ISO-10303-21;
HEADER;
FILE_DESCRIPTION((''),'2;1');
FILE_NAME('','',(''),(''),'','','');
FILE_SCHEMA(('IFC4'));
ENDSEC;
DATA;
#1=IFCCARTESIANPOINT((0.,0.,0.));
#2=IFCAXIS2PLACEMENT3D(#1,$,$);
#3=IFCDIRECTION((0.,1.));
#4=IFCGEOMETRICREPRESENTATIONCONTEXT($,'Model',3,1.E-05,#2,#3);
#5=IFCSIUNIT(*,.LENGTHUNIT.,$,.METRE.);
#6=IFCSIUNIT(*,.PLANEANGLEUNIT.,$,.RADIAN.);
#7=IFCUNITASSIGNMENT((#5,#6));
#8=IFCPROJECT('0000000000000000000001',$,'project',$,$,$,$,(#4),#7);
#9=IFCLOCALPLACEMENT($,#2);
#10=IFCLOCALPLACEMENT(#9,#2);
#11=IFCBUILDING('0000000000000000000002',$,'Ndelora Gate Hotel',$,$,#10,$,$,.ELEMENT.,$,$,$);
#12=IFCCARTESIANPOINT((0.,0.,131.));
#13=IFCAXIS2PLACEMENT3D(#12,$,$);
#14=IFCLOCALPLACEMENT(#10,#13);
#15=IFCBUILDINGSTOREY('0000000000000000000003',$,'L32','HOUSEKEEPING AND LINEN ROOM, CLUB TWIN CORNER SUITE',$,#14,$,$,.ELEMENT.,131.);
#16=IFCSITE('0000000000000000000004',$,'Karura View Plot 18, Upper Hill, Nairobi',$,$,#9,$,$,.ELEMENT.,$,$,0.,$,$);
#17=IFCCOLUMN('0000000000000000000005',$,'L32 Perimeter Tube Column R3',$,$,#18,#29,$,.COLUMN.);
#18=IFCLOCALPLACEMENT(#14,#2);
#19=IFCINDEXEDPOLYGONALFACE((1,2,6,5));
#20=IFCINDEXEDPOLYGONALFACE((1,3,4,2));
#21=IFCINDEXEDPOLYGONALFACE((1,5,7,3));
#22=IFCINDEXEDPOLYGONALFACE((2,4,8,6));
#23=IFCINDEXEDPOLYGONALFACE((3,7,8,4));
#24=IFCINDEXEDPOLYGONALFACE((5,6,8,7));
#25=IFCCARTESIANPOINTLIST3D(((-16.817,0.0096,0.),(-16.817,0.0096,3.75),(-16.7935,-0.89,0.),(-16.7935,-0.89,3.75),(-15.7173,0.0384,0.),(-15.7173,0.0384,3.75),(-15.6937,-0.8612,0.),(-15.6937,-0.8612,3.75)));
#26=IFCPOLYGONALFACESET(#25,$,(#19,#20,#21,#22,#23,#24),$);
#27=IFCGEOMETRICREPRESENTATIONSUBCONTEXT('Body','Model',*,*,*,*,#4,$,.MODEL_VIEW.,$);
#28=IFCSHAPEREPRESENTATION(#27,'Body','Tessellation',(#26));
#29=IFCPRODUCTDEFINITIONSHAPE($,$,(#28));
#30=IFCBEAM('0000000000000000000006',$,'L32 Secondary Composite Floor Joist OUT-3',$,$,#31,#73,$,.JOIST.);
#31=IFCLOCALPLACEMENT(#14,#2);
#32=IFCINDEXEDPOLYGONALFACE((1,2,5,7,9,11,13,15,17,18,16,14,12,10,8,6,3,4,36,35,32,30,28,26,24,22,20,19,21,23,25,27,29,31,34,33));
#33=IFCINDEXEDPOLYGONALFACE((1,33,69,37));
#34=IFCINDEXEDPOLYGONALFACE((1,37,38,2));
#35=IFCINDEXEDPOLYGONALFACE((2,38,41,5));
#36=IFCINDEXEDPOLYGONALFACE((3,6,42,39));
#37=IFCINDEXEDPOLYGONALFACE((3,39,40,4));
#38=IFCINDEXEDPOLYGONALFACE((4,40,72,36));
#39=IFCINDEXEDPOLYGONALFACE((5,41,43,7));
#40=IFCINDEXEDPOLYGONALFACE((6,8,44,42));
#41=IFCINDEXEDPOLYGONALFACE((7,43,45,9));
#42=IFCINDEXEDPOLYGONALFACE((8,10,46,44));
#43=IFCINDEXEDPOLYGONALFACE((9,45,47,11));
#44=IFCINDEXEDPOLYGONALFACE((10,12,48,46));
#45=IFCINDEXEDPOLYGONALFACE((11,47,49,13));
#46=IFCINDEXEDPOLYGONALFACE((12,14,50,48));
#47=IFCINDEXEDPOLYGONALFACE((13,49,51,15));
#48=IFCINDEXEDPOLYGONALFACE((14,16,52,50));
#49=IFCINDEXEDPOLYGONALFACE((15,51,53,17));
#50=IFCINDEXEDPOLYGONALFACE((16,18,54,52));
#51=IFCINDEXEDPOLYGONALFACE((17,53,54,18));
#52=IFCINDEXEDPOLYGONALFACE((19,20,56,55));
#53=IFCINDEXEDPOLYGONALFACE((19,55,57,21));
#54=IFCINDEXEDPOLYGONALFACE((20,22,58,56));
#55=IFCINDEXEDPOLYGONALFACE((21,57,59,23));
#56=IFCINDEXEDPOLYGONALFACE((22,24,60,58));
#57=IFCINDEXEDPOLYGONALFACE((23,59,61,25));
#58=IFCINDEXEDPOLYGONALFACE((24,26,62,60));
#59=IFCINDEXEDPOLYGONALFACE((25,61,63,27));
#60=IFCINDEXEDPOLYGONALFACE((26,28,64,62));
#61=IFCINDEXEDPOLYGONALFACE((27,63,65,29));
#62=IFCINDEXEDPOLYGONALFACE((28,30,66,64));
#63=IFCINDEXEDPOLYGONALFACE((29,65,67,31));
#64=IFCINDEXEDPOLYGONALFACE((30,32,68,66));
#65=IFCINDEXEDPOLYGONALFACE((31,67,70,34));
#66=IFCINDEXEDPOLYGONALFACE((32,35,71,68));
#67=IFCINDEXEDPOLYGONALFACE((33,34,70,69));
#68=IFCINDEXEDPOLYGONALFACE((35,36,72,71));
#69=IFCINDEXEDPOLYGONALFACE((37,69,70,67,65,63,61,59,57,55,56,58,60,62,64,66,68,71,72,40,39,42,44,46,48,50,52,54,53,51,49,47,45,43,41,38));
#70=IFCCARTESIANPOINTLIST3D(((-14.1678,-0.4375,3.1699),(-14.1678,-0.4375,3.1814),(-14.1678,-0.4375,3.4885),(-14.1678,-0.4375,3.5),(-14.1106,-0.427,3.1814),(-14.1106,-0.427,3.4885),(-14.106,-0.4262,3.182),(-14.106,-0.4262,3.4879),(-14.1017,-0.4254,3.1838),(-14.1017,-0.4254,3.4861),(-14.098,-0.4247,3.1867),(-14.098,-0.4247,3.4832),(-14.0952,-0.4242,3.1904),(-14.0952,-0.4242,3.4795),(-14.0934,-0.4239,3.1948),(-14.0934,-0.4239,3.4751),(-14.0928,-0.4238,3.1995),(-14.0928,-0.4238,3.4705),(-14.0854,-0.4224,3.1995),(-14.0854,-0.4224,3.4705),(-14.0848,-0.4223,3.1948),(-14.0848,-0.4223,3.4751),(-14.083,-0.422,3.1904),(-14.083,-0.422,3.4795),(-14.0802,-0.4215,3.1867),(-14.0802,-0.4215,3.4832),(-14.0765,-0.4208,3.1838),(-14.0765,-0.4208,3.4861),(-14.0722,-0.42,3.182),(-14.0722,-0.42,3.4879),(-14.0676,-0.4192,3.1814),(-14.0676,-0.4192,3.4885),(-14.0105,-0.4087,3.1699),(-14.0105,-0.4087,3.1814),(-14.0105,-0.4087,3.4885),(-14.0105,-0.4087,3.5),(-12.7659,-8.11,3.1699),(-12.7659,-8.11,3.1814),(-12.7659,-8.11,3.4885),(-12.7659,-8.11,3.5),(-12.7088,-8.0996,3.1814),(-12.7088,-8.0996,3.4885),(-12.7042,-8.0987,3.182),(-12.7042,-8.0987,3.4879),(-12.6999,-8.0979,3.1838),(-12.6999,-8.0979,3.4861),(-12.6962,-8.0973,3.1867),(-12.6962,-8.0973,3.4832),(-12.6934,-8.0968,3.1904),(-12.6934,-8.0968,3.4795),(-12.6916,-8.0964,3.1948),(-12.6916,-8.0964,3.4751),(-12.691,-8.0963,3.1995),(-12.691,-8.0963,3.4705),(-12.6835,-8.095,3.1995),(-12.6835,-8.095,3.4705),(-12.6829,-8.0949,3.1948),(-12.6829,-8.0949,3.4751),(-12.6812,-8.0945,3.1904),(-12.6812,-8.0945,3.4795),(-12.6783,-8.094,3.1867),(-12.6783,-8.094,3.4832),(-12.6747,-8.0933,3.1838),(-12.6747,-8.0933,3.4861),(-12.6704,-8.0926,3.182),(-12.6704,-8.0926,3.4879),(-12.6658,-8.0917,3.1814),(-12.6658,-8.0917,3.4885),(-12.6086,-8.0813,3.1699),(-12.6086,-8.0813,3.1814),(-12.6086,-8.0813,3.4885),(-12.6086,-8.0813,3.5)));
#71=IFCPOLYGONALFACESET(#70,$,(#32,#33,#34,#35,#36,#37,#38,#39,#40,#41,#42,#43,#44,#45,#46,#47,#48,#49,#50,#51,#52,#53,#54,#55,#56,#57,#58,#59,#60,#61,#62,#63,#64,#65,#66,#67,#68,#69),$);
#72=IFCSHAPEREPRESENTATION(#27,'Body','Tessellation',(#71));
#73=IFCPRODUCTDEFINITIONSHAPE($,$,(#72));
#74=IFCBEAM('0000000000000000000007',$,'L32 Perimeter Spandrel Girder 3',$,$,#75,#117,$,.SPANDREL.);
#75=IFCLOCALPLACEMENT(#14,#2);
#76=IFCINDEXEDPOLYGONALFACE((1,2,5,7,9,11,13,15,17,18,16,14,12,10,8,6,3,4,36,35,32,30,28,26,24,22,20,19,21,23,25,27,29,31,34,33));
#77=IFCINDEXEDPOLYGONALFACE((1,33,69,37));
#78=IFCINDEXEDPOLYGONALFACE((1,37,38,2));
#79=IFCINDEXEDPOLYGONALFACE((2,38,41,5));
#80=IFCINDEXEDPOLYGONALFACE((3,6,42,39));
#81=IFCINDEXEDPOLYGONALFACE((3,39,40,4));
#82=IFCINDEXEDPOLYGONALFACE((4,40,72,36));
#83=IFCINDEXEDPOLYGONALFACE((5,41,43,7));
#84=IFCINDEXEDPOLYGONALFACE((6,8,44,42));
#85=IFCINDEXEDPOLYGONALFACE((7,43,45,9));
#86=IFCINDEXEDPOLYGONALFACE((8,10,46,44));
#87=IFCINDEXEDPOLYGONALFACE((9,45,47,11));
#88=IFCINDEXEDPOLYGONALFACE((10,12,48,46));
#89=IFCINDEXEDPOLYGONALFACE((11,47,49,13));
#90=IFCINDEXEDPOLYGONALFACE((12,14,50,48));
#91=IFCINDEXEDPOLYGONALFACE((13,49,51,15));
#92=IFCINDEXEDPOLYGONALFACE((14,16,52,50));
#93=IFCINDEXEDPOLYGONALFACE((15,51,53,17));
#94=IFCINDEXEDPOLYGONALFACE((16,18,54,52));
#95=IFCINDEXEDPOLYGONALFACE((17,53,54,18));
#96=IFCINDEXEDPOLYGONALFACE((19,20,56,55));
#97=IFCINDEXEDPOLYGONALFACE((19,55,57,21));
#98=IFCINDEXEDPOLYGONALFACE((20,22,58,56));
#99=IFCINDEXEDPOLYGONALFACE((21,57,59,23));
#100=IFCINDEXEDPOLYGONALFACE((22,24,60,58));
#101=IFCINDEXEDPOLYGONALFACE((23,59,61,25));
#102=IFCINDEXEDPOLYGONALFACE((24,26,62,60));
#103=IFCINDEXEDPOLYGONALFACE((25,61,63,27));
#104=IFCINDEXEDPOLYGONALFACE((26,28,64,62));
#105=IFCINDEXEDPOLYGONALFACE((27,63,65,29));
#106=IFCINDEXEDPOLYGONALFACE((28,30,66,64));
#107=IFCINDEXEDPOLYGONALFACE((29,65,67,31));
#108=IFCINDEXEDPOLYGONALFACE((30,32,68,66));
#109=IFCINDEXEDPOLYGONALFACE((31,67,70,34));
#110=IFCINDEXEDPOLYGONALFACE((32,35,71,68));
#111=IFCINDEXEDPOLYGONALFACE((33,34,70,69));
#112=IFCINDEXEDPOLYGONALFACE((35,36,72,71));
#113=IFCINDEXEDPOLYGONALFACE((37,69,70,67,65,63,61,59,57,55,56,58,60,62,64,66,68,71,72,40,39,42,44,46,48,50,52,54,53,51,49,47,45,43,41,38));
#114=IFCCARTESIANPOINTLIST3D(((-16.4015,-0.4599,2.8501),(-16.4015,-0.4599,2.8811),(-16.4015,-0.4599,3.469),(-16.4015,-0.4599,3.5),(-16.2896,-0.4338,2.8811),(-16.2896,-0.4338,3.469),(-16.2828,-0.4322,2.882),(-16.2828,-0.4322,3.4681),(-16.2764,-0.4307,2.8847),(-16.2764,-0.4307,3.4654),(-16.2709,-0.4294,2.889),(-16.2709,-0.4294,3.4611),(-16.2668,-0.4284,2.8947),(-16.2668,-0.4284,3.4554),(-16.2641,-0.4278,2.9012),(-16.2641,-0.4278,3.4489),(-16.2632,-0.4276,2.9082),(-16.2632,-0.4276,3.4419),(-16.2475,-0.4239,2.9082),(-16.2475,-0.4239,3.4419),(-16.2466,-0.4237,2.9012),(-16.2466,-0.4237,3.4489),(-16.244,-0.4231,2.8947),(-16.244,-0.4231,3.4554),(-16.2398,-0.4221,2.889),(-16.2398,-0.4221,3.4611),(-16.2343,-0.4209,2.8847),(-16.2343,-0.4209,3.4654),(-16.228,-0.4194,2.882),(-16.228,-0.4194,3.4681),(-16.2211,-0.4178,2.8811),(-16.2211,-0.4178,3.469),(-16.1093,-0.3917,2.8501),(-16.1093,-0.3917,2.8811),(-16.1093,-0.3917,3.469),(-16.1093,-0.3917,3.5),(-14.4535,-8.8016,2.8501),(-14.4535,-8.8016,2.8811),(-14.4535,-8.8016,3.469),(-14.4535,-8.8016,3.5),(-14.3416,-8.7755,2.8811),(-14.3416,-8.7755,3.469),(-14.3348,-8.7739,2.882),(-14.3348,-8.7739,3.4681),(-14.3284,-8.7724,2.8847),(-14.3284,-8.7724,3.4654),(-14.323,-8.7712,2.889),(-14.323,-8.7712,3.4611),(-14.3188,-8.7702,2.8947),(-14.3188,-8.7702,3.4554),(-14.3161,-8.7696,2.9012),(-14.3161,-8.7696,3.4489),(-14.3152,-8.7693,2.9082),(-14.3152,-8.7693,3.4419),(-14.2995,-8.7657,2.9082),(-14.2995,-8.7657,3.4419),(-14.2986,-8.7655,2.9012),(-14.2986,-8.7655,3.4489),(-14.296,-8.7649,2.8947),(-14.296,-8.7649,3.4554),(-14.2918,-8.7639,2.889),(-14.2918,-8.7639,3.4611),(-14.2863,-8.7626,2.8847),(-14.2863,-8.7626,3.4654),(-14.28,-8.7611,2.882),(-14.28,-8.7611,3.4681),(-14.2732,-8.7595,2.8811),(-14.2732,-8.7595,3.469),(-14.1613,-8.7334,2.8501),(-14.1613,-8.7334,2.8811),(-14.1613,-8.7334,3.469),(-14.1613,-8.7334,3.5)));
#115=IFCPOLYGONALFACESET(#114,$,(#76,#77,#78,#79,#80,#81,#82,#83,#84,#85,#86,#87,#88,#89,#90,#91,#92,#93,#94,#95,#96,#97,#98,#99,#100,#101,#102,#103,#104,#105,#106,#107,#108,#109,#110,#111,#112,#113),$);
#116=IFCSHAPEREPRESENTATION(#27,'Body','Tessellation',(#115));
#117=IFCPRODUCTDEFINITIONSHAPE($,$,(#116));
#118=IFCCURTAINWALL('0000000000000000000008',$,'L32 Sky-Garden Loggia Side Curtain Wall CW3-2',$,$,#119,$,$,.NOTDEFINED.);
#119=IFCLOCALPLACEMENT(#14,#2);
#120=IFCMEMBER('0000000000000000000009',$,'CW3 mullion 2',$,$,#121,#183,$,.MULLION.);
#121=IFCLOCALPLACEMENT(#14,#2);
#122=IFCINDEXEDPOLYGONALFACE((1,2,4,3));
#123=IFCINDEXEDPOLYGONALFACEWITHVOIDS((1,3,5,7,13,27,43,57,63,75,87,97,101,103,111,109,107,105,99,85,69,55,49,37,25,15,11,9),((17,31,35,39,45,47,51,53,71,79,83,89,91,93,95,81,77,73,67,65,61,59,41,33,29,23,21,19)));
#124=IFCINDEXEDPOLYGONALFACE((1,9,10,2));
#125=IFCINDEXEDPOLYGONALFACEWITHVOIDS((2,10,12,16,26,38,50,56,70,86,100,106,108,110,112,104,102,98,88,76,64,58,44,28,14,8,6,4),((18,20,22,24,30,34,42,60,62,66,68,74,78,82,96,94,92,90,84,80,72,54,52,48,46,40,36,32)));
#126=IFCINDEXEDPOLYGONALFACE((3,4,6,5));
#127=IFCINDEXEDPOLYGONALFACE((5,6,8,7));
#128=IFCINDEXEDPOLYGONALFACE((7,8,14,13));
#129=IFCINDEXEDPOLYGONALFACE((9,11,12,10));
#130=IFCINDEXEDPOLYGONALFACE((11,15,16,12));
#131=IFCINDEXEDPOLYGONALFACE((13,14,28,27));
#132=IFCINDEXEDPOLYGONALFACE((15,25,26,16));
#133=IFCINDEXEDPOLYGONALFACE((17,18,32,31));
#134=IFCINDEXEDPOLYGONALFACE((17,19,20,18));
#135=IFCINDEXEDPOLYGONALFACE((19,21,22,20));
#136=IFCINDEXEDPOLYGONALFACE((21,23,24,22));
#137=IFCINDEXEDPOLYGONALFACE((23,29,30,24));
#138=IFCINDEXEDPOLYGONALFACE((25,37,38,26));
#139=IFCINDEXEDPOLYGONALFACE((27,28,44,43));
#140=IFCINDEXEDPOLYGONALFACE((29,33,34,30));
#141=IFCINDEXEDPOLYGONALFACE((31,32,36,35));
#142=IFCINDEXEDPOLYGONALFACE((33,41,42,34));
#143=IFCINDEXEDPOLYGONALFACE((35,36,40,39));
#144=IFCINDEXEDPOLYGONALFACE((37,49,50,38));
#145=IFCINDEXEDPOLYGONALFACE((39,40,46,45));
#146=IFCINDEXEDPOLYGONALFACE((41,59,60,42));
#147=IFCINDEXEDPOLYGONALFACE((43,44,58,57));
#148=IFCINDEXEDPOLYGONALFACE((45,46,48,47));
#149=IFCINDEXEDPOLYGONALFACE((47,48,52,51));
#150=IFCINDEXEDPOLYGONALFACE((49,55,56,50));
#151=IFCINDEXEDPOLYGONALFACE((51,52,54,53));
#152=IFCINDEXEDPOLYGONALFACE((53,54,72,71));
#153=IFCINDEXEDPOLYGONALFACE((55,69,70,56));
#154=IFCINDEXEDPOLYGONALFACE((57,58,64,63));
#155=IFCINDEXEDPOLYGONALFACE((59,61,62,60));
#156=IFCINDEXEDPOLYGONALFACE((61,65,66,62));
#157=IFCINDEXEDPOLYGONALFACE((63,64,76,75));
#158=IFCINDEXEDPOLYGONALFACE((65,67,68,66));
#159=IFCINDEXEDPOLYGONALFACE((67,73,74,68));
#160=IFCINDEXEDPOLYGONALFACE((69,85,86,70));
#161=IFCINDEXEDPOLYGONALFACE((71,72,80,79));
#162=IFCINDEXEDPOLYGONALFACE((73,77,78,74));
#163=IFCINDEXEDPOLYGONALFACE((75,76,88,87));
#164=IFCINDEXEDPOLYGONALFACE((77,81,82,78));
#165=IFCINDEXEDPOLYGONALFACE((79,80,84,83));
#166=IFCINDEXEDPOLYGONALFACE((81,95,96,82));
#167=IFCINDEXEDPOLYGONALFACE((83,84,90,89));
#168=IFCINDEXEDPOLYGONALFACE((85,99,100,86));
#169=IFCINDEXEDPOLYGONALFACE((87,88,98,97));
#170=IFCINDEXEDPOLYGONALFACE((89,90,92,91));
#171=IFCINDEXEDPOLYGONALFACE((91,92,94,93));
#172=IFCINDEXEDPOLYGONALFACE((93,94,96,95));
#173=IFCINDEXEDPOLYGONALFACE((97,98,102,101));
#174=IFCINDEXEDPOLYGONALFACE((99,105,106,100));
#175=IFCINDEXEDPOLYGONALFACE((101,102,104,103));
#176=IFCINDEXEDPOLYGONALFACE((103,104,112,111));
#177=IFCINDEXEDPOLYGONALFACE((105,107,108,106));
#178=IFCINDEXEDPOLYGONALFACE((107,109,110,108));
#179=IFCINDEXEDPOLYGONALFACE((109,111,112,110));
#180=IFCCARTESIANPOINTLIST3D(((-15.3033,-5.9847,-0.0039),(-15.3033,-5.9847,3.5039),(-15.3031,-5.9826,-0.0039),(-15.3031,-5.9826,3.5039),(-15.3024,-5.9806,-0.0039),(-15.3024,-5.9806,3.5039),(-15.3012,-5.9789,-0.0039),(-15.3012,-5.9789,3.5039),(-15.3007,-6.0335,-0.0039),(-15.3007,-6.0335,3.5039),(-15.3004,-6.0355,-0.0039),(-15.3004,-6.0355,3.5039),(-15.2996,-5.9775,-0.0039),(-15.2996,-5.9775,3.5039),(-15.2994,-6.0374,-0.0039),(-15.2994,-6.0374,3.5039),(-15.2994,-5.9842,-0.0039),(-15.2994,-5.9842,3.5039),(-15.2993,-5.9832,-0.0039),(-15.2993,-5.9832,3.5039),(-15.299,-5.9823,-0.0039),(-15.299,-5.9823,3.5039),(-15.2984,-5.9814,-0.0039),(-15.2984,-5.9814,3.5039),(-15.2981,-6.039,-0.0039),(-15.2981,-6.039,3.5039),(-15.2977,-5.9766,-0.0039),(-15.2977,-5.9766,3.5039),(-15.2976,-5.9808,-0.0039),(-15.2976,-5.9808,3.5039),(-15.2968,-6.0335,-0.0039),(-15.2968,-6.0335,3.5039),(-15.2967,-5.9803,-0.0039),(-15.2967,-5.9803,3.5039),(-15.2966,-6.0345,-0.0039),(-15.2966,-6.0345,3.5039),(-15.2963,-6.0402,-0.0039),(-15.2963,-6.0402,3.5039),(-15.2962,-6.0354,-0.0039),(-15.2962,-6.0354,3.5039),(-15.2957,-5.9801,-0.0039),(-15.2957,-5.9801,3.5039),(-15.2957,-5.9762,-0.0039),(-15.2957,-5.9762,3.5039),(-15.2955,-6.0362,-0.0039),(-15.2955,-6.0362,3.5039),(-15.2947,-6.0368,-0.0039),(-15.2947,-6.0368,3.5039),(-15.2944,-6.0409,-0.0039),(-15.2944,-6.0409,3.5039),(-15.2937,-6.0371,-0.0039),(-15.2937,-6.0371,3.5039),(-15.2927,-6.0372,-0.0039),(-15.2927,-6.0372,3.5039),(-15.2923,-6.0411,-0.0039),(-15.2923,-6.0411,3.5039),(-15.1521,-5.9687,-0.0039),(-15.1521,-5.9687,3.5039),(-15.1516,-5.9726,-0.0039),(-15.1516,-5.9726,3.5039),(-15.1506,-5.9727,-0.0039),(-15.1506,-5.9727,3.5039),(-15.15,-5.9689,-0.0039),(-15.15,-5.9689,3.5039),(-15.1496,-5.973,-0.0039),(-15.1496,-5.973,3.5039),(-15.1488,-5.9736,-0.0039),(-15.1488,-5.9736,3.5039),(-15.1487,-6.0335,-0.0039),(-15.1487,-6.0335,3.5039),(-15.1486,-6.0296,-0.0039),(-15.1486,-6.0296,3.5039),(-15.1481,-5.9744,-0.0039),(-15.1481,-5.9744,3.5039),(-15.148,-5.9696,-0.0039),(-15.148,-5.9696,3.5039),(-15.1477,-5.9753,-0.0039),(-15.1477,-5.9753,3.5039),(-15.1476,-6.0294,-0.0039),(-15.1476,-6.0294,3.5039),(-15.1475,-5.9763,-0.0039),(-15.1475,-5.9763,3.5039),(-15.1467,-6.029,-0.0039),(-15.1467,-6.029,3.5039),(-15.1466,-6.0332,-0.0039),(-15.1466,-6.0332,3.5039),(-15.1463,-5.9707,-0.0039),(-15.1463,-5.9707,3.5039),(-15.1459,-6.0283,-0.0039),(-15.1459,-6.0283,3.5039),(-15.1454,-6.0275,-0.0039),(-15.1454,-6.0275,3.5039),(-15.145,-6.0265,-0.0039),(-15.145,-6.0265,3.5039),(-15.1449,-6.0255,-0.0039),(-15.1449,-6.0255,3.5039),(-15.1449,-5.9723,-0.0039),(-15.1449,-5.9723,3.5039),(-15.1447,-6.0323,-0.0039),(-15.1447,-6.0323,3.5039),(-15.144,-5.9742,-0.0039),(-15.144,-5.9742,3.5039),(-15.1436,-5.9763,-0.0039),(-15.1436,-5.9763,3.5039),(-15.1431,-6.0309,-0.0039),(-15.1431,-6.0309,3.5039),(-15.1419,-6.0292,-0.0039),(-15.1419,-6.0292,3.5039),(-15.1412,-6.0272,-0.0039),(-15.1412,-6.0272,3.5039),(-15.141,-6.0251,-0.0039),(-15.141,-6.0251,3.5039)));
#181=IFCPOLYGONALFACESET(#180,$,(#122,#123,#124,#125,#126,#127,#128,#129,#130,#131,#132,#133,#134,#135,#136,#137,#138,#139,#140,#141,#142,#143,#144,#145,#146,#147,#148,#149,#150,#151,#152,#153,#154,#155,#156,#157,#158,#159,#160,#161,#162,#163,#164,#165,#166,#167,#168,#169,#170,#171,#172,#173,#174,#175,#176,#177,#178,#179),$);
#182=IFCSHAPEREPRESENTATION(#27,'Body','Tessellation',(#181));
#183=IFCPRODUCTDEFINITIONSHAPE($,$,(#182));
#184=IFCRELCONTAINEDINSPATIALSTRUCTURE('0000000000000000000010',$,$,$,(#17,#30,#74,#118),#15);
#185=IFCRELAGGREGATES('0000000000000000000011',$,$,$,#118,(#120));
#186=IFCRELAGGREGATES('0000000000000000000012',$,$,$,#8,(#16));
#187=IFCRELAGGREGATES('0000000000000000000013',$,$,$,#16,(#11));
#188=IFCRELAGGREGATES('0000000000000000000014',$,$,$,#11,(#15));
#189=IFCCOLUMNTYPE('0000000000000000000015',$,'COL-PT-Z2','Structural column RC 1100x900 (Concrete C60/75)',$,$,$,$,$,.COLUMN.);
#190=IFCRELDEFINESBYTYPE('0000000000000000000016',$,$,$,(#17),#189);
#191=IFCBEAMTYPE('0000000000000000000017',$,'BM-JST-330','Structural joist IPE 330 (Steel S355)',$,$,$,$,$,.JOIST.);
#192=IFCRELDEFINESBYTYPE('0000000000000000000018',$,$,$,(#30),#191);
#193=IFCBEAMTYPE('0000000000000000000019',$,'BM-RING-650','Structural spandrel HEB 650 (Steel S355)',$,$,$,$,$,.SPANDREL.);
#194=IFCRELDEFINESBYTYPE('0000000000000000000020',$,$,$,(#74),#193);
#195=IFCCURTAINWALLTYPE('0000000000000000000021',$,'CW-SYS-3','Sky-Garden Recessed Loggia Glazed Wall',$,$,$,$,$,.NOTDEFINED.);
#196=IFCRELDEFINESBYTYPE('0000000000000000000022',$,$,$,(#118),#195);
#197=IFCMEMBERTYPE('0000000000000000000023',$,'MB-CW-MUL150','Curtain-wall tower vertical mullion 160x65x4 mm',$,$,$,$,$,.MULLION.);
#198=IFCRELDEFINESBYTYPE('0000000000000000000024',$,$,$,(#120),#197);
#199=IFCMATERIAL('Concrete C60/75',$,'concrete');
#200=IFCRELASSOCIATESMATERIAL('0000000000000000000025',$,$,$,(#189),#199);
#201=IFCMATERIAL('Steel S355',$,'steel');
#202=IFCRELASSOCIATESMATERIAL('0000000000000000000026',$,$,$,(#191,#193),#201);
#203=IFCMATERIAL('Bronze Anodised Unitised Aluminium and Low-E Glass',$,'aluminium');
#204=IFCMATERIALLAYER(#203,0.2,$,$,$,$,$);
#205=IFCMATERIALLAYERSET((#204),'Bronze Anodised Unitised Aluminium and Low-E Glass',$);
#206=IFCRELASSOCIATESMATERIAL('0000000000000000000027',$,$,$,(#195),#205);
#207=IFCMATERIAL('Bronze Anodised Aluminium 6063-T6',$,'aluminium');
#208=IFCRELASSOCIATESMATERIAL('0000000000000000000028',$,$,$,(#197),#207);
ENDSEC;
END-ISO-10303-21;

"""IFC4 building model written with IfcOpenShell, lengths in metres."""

from ifc_helpers import new_model, si_unit, direction, frame, origin, origin_2d, place, context, subcontext, project, spatial, rectangle, hollow_rectangle, i_section, extrude, material, layer, layer_set, material_profile, profile_set, type_object, element, aggregate, save


model = new_model("IFC4")

# Units and contexts
model_context = context("Model", 3, precision=1e-05, world=origin(), true_north=direction((0.0, 1.0)))
body_context = subcontext(model_context, "Body", "Model", "MODEL_VIEW")
ifc_project = project(units=[si_unit("LENGTHUNIT", "METRE"), si_unit("PLANEANGLEUNIT", "RADIAN")], contexts=[model_context])

# Site, building, storey
site_placement = place(None, origin())
site = spatial("IfcSite", under=ifc_project, at=site_placement, Name="Karura View Plot 18, Upper Hill, Nairobi", CompositionType="ELEMENT", RefElevation=0.0)
building_placement = place(site_placement, origin())
building = spatial("IfcBuilding", under=site, at=building_placement, Name="Ndelora Gate Hotel", CompositionType="ELEMENT")
storey_placement = place(building_placement, frame((0.0, 0.0, 131.0)))
storey = spatial("IfcBuildingStorey", under=building, at=storey_placement, Name="L32", Description="HOUSEKEEPING AND LINEN ROOM, CLUB TWIN CORNER SUITE", CompositionType="ELEMENT", Elevation=131.0)

# Column
ifc_material_1 = material(Name="Concrete C60/75", Category="concrete")
ifc_material_profile_1 = material_profile(ifc_material_1, rectangle(XDim=0.8999, YDim=1.1001, at=origin_2d()), Name="RC 1100x900")
ifc_profile_set_1 = profile_set([ifc_material_profile_1], Name="Concrete C60/75")
column_type = type_object("IfcColumnType", Name="COL-PT-Z2", Description="Structural column RC 1100x900 (Concrete C60/75)", PredefinedType="COLUMN", material=ifc_profile_set_1)
column_placement = place(storey_placement, frame((-16.2554, -0.4258, 0.0), z_axis=(0.0, 0.0, 1.0), x_axis=(-0.026177, 0.999657, 0.0)))
element("IfcColumn", 1, at=column_placement, inside=storey, type_object=column_type, Name="L32 Perimeter Tube Column R3", PredefinedType="COLUMN", context=body_context, shape_type="SweptSolid", body=[
    extrude(rectangle(XDim=0.8999, YDim=1.1001, at=origin_2d()), origin(), (0.0, 0.0, 1.0), 3.75),
])

# Beams
ifc_material_2 = material(Name="Steel S355", Category="steel")
ifc_material_profile_2 = material_profile(ifc_material_2, i_section(OverallWidth=0.1599, OverallDepth=0.3301, WebThickness=0.0076, FlangeThickness=0.0115, FilletRadius=0.0181, at=origin_2d()), Name="IPE 330")
ifc_profile_set_2 = profile_set([ifc_material_profile_2], Name="Steel S355")
beam_type_1 = type_object("IfcBeamType", Name="BM-JST-330", Description="Structural joist IPE 330 (Steel S355)", PredefinedType="JOIST", material=ifc_profile_set_2)
beam_1_placement = place(storey_placement, frame((-14.0891, -0.4231, 3.335), z_axis=(0.179734, -0.983715, 0.0), x_axis=(0.983715, 0.179734, 0.0)))
element("IfcBeam", 2, at=beam_1_placement, inside=storey, type_object=beam_type_1, Name="L32 Secondary Composite Floor Joist OUT-3", PredefinedType="JOIST", context=body_context, shape_type="SweptSolid", body=[
    extrude(i_section(OverallWidth=0.1599, OverallDepth=0.3301, WebThickness=0.0076, FlangeThickness=0.0115, FilletRadius=0.0181, at=origin_2d()), origin(), (0.0, 0.0, 1.0), 7.7996),
])
ifc_material_profile_3 = material_profile(ifc_material_2, i_section(OverallWidth=0.3, OverallDepth=0.6499, WebThickness=0.0161, FlangeThickness=0.031, FilletRadius=0.0271, at=origin_2d()), Name="HEB 650")
ifc_profile_set_3 = profile_set([ifc_material_profile_3], Name="Steel S355")
beam_type_2 = type_object("IfcBeamType", Name="BM-RING-650", Description="Structural spandrel HEB 650 (Steel S355)", PredefinedType="SPANDREL", material=ifc_profile_set_3)
beam_2_placement = place(storey_placement, frame((-16.2554, -0.4258, 3.175), z_axis=(0.227404, -0.9738, 0.0), x_axis=(0.9738, 0.227404, 0.0)))
element("IfcBeam", 3, at=beam_2_placement, inside=storey, type_object=beam_type_2, Name="L32 Perimeter Spandrel Girder 3", PredefinedType="SPANDREL", context=body_context, shape_type="SweptSolid", body=[
    extrude(i_section(OverallWidth=0.3, OverallDepth=0.6499, WebThickness=0.0161, FlangeThickness=0.031, FilletRadius=0.0271, at=origin_2d()), origin(), (0.0, 0.0, 1.0), 8.5662),
])

# Curtain wall, member
ifc_material_3 = material(Name="Bronze Anodised Unitised Aluminium and Low-E Glass", Category="aluminium")
ifc_layer_1 = layer(ifc_material_3, 0.2)
ifc_layer_set_1 = layer_set([ifc_layer_1], Name="Bronze Anodised Unitised Aluminium and Low-E Glass")
curtain_wall_type = type_object("IfcCurtainWallType", Name="CW-SYS-3", Description="Sky-Garden Recessed Loggia Glazed Wall", PredefinedType="NOTDEFINED", material=ifc_layer_set_1)
curtain_wall_placement = place(storey_placement, origin())
curtain_wall = element("IfcCurtainWall", 4, at=curtain_wall_placement, inside=storey, type_object=curtain_wall_type, Name="L32 Sky-Garden Loggia Side Curtain Wall CW3-2", PredefinedType="NOTDEFINED")
ifc_material_4 = material(Name="Bronze Anodised Aluminium 6063-T6", Category="aluminium")
ifc_material_profile_4 = material_profile(ifc_material_4, hollow_rectangle(XDim=0.0649, YDim=0.1599, WallThickness=0.0039, InnerFilletRadius=0.0039, OuterFilletRadius=0.0081, at=origin_2d()), Name="ALU 160x65x4")
ifc_profile_set_4 = profile_set([ifc_material_profile_4], Name="Bronze Anodised Aluminium 6063-T6")
member_type_1 = type_object("IfcMemberType", Name="MB-CW-MUL150", Description="Curtain-wall tower vertical mullion 160x65x4 mm", PredefinedType="MULLION", material=ifc_profile_set_4)
member_1_placement = place(storey_placement, frame((-15.2222, -6.0049, -0.0039), z_axis=(0.0, 0.0, 1.0), x_axis=(-0.052363, 0.998628, 0.0)))
member_1 = element("IfcMember", 5, at=member_1_placement, type_object=member_type_1, Name="CW3 mullion 2", PredefinedType="MULLION", context=body_context, shape_type="SweptSolid", body=[
    extrude(hollow_rectangle(XDim=0.0649, YDim=0.1599, WallThickness=0.0039, InnerFilletRadius=0.0039, OuterFilletRadius=0.0081, at=origin_2d()), origin(), (0.0, 0.0, 1.0), 3.5078),
])
aggregate(curtain_wall, [member_1])

save(model, "model.ifc")
